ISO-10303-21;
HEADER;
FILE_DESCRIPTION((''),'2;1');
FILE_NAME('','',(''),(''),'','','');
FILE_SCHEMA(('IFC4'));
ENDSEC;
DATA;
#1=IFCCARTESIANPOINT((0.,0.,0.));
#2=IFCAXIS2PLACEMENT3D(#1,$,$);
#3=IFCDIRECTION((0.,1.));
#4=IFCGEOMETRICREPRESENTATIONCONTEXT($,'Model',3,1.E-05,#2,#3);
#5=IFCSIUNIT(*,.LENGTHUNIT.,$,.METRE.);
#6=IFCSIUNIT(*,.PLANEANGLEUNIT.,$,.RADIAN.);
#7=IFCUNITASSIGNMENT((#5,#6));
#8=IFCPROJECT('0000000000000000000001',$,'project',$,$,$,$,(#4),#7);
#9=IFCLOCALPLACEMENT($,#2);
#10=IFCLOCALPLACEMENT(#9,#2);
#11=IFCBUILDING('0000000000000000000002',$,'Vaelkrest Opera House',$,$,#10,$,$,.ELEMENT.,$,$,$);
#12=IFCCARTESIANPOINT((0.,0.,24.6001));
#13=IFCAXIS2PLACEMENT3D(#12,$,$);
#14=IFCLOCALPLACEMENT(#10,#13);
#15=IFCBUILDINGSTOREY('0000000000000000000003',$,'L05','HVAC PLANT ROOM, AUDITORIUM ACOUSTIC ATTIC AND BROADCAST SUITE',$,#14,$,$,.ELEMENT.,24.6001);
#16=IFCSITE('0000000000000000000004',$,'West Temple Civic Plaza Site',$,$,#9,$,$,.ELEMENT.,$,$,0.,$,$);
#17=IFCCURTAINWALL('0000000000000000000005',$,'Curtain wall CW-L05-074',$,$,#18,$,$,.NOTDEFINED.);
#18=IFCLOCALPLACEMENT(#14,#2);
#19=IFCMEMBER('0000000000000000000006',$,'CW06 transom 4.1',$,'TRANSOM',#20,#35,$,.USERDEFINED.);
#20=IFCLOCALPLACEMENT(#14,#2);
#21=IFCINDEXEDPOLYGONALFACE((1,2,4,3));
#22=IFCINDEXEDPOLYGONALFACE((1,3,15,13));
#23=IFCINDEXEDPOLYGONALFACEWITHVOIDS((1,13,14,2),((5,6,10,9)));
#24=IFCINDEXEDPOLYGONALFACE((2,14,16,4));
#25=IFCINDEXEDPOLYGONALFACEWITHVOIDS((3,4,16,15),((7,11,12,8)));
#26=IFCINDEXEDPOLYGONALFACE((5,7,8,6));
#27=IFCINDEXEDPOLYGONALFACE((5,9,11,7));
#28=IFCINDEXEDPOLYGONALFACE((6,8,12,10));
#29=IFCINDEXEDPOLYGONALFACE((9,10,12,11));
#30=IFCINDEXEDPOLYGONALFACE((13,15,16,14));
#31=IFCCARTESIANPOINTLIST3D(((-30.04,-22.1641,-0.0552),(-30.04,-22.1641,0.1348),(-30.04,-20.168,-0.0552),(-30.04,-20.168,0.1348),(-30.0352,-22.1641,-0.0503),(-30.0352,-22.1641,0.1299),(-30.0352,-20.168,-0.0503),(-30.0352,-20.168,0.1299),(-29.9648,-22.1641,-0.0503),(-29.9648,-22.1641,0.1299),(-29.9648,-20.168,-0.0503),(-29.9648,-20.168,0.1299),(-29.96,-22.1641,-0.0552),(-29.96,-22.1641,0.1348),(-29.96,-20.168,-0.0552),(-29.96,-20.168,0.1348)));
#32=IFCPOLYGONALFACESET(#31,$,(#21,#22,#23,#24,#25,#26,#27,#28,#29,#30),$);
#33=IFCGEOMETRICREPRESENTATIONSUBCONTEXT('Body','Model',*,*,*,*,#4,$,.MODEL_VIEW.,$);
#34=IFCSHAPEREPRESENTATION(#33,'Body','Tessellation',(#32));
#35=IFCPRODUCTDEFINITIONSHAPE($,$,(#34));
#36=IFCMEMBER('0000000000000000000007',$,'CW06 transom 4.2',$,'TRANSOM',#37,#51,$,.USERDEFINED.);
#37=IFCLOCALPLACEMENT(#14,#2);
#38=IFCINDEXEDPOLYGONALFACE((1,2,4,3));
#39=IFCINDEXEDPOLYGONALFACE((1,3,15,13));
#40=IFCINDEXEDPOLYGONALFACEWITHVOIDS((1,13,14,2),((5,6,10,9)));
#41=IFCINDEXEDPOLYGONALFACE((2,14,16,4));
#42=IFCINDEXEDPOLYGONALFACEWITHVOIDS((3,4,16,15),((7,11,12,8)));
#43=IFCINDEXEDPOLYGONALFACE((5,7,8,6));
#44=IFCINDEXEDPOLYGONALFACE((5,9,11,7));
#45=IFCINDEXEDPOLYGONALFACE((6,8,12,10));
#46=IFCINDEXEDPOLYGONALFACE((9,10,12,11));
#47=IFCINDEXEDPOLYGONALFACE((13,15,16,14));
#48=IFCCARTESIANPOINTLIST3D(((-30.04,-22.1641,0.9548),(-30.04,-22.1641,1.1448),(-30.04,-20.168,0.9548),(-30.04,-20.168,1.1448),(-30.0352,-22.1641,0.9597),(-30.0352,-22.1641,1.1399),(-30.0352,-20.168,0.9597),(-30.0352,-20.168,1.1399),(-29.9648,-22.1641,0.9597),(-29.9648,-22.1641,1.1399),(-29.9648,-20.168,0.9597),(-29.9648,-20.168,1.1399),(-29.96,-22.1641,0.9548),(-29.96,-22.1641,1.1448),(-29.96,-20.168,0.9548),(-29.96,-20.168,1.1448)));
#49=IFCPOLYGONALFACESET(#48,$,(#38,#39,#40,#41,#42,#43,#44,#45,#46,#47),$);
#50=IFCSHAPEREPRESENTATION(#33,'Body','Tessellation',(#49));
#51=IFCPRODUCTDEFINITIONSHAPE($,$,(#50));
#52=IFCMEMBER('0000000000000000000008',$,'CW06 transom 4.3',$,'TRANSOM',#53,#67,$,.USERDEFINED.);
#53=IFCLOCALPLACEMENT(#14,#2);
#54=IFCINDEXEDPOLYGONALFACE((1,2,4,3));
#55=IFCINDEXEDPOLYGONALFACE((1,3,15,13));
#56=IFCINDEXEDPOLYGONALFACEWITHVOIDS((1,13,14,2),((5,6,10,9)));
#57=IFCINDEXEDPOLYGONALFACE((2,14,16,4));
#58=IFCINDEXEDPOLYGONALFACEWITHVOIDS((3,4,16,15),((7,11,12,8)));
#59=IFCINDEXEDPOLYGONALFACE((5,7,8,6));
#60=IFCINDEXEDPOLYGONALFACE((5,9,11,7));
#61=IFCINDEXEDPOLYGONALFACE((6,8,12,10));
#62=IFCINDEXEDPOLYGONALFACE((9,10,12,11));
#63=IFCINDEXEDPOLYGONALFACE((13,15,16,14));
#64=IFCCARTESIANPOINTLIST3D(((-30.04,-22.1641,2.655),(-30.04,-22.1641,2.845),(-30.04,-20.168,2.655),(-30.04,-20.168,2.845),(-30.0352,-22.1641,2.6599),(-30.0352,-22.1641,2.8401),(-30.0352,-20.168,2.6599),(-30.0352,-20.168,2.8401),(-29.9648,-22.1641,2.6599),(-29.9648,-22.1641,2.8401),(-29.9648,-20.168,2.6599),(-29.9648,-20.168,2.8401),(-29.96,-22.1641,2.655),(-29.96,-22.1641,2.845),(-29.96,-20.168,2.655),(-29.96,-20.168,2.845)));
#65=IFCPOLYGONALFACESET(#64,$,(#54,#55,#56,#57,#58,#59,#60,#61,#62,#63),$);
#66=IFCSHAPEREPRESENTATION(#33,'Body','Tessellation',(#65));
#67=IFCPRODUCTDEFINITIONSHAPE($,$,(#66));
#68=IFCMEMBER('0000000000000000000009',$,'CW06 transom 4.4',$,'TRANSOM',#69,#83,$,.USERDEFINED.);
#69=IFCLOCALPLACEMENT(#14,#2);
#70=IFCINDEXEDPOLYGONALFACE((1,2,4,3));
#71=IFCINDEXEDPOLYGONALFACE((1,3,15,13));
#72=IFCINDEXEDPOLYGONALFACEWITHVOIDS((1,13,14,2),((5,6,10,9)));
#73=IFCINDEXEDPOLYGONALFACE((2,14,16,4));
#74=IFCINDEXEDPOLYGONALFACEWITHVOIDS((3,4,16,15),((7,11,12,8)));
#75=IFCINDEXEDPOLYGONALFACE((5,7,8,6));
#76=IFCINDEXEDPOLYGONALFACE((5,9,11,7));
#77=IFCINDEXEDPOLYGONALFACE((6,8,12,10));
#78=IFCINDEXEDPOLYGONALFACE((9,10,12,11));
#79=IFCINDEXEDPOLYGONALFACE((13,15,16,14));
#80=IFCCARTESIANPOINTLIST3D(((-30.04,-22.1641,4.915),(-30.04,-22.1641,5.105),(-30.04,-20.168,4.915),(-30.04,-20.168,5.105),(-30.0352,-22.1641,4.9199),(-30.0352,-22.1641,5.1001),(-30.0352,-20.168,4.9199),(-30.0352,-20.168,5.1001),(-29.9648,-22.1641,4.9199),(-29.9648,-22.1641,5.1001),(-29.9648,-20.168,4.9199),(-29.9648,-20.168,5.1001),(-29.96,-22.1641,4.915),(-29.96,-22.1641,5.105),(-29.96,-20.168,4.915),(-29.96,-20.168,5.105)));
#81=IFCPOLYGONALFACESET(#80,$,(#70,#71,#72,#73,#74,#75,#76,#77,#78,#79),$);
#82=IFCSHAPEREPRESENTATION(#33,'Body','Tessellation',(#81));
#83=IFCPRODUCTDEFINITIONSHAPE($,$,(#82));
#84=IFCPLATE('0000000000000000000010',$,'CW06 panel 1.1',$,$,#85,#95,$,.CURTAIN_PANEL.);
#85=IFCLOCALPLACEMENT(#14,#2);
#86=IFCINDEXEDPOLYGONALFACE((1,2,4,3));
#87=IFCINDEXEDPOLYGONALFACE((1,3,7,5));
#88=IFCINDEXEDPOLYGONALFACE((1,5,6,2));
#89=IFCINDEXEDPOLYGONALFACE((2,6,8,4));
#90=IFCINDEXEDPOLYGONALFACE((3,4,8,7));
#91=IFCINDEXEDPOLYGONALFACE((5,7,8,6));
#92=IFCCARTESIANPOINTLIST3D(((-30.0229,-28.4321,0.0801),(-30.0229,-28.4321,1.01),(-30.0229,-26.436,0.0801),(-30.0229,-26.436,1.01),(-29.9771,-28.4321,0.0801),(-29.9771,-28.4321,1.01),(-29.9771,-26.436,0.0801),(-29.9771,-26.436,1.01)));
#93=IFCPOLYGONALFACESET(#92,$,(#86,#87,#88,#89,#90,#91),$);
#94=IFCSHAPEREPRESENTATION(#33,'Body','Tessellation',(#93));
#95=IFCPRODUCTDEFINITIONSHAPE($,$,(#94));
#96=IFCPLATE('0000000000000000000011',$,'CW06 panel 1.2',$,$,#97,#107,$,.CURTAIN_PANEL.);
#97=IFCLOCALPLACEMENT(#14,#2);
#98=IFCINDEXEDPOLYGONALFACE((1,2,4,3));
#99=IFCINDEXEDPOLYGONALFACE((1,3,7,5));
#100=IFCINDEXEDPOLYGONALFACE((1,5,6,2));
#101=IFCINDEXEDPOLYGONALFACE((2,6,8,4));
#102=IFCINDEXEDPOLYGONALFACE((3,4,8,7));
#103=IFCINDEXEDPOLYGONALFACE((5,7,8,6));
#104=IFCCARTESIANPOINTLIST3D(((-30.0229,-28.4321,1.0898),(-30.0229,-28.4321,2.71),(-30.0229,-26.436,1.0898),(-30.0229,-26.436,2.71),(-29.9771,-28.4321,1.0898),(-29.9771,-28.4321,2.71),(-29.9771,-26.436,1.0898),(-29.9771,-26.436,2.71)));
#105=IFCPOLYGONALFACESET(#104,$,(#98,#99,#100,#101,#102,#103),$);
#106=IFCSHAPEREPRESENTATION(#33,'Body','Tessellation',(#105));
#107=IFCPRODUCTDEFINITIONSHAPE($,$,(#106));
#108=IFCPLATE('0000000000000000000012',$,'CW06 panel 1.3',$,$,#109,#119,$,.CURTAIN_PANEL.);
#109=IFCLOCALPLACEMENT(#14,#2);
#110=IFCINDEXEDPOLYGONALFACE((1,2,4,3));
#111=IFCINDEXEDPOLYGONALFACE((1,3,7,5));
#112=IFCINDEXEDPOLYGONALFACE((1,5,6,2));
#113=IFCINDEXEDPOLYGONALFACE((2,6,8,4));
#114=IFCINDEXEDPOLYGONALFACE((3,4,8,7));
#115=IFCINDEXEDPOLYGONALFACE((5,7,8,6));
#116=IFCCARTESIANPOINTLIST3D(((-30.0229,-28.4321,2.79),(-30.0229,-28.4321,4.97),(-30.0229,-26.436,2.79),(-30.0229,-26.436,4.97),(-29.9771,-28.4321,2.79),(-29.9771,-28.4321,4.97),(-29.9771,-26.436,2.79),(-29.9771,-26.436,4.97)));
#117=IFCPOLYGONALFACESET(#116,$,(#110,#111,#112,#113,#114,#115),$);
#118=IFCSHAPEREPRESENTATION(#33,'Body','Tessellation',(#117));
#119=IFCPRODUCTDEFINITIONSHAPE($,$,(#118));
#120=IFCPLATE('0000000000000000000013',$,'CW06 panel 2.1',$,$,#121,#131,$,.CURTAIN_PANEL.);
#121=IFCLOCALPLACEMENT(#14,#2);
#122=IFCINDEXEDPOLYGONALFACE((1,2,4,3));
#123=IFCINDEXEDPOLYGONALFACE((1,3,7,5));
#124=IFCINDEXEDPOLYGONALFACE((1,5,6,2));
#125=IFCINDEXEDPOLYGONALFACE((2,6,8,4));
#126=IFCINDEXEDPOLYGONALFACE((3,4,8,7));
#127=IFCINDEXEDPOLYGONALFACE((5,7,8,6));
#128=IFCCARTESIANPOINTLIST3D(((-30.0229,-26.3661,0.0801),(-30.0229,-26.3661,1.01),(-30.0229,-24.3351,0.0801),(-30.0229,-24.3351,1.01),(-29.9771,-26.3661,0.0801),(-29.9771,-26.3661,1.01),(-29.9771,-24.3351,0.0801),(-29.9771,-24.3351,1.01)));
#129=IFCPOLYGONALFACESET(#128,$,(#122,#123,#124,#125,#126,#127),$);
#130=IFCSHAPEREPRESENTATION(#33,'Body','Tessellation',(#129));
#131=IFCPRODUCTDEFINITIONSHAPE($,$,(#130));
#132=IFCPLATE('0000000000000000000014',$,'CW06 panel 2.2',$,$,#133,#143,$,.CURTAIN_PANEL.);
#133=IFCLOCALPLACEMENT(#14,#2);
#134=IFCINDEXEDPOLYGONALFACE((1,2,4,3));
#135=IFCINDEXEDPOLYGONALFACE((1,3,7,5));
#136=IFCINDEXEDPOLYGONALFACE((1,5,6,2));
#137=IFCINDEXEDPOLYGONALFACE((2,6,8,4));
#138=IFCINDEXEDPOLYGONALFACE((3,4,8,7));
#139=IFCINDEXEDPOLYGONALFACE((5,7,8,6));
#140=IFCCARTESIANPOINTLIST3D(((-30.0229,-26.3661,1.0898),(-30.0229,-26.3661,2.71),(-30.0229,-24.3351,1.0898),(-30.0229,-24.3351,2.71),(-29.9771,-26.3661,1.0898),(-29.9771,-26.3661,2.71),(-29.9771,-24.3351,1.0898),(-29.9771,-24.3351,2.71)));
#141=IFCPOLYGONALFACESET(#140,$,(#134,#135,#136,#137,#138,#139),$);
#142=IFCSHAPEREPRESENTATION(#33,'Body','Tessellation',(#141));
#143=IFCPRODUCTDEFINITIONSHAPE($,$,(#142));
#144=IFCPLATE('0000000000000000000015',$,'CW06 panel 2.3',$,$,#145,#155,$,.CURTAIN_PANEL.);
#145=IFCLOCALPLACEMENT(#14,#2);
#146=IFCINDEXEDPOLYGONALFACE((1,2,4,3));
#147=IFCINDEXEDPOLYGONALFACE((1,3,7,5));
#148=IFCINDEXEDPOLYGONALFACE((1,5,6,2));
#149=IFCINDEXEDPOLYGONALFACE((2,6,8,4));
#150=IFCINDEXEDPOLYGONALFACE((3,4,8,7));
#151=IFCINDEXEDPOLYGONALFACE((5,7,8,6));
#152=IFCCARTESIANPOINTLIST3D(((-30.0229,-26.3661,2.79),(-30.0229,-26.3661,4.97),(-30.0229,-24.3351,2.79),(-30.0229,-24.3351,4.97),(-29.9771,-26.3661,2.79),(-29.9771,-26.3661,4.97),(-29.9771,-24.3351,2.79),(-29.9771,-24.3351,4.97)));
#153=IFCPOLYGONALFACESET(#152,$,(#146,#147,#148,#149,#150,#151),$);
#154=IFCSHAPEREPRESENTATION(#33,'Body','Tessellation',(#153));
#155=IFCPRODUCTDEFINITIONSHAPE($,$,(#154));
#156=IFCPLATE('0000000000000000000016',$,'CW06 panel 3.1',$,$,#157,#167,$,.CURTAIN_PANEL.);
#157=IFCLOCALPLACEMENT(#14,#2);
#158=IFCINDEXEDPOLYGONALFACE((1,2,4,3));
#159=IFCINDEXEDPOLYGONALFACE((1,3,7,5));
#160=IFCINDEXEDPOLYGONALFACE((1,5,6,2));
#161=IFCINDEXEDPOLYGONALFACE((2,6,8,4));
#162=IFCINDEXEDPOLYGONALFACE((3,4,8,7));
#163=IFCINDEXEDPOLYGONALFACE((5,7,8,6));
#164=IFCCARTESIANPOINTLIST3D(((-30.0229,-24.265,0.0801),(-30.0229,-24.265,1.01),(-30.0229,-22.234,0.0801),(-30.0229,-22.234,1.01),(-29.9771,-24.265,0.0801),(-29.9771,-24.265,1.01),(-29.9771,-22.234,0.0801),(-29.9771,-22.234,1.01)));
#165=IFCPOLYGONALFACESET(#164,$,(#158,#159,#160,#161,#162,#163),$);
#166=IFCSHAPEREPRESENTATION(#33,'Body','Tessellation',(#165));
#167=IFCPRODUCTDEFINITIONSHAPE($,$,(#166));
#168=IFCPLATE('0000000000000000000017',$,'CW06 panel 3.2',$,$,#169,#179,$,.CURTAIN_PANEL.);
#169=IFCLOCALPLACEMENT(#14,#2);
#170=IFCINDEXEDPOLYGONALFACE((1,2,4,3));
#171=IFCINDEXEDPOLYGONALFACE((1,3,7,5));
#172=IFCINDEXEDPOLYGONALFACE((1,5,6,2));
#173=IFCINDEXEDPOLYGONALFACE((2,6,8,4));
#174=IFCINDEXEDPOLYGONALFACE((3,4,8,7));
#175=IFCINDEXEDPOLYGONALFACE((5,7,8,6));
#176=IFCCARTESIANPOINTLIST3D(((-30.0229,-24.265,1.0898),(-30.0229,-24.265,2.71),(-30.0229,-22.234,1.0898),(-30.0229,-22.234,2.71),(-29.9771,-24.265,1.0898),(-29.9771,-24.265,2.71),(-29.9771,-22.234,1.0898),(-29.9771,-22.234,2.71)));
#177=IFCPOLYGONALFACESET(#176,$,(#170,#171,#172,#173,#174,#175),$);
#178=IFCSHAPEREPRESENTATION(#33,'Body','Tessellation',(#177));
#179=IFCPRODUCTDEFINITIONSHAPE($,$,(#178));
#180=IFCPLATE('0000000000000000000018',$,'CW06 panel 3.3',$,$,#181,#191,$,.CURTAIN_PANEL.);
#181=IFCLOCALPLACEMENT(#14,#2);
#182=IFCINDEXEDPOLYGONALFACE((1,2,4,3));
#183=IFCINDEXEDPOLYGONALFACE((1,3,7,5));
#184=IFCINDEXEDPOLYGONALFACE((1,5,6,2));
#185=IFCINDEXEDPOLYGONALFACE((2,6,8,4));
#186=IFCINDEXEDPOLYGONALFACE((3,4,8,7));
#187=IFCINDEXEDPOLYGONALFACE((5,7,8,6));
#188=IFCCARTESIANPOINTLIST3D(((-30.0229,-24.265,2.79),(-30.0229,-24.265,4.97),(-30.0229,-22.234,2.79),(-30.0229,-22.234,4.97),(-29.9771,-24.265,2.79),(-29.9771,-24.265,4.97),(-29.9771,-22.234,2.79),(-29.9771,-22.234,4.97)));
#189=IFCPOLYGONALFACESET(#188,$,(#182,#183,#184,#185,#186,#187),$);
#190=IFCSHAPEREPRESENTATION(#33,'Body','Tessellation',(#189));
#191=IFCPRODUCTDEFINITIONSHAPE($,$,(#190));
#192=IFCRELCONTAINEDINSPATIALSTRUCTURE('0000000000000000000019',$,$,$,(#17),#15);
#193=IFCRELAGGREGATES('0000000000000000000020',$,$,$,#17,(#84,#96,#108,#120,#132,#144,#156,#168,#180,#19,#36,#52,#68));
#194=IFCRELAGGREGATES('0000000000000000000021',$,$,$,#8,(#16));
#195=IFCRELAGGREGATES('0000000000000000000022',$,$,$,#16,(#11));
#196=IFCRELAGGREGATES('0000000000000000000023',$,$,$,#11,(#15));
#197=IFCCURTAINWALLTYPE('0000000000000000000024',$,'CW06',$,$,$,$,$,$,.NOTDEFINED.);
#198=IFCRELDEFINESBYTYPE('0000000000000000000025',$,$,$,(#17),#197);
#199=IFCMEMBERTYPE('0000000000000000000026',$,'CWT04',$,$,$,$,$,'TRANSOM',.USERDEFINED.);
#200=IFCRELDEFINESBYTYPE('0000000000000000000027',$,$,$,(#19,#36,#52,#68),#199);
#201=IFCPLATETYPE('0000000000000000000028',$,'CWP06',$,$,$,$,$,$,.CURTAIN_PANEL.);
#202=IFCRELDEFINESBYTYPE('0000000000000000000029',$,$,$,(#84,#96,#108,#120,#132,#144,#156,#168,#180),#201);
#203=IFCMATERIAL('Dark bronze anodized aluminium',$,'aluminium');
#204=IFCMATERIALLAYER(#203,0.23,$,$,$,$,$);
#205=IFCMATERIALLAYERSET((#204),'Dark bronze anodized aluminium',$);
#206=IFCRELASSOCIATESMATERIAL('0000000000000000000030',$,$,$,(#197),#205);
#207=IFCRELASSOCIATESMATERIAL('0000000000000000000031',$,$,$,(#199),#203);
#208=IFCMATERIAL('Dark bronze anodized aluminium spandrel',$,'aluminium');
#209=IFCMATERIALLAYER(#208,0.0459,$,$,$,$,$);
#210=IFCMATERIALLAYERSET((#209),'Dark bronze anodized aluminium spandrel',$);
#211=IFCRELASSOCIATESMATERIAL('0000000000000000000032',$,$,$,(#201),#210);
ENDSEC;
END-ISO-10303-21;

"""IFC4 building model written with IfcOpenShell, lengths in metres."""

from ifc_helpers import new_model, si_unit, direction, frame, origin, origin_2d, place, context, subcontext, project, spatial, rectangle, hollow_rectangle, extrude, material, layer, layer_set, material_profile, profile_set, type_object, element, aggregate, save


model = new_model("IFC4")

# Units and contexts
model_context = context("Model", 3, precision=1e-05, world=origin(), true_north=direction((0.0, 1.0)))
body_context = subcontext(model_context, "Body", "Model", "MODEL_VIEW")
ifc_project = project(units=[si_unit("LENGTHUNIT", "METRE"), si_unit("PLANEANGLEUNIT", "RADIAN")], contexts=[model_context])

# Site, building, storey
site_placement = place(None, origin())
site = spatial("IfcSite", under=ifc_project, at=site_placement, Name="West Temple Civic Plaza Site", CompositionType="ELEMENT", RefElevation=0.0)
building_placement = place(site_placement, origin())
building = spatial("IfcBuilding", under=site, at=building_placement, Name="Vaelkrest Opera House", CompositionType="ELEMENT")
storey_placement = place(building_placement, frame((0.0, 0.0, 24.6001)))
storey = spatial("IfcBuildingStorey", under=building, at=storey_placement, Name="L05", Description="HVAC PLANT ROOM, AUDITORIUM ACOUSTIC ATTIC AND BROADCAST SUITE", CompositionType="ELEMENT", Elevation=24.6001)

# Curtain wall, members, plates
ifc_material_1 = material(Name="Dark bronze anodized aluminium", Category="aluminium")
ifc_layer_1 = layer(ifc_material_1, 0.23)
ifc_layer_set_1 = layer_set([ifc_layer_1], Name="Dark bronze anodized aluminium")
curtain_wall_type = type_object("IfcCurtainWallType", Name="CW06", PredefinedType="NOTDEFINED", material=ifc_layer_set_1)
curtain_wall_placement = place(storey_placement, origin())
curtain_wall = element("IfcCurtainWall", 1, at=curtain_wall_placement, inside=storey, type_object=curtain_wall_type, Name="Curtain wall CW-L05-074", PredefinedType="NOTDEFINED")
ifc_material_profile_1 = material_profile(ifc_material_1, hollow_rectangle(XDim=0.0801, YDim=0.1899, WallThickness=0.0049, at=origin_2d()), Name="CWT80X190")
ifc_profile_set_1 = profile_set([ifc_material_profile_1], Name="Dark bronze anodized aluminium")
member_type_1 = type_object("IfcMemberType", Name="CWT04", ElementType="TRANSOM", PredefinedType="USERDEFINED", material=ifc_profile_set_1)
member_1_placement = place(storey_placement, frame((-30.0, -22.1641, 0.0398), z_axis=(0.0, 1.0, 0.0), x_axis=(-1.0, 0.0, 0.0)))
member_1 = element("IfcMember", 2, at=member_1_placement, type_object=member_type_1, Name="CW06 transom 4.1", ObjectType="TRANSOM", PredefinedType="USERDEFINED", context=body_context, shape_type="SweptSolid", body=[
    extrude(hollow_rectangle(XDim=0.0801, YDim=0.1899, WallThickness=0.0049, at=origin_2d()), origin(), (0.0, 0.0, 1.0), 1.9961),
])
member_2_placement = place(storey_placement, frame((-30.0, -22.1641, 1.0498), z_axis=(0.0, 1.0, 0.0), x_axis=(-1.0, 0.0, 0.0)))
member_2 = element("IfcMember", 3, at=member_2_placement, type_object=member_type_1, Name="CW06 transom 4.2", ObjectType="TRANSOM", PredefinedType="USERDEFINED", context=body_context, shape_type="SweptSolid", body=[
    extrude(hollow_rectangle(XDim=0.0801, YDim=0.1899, WallThickness=0.0049, at=origin_2d()), origin(), (0.0, 0.0, 1.0), 1.9961),
])
member_3_placement = place(storey_placement, frame((-30.0, -22.1641, 2.75), z_axis=(0.0, 1.0, 0.0), x_axis=(-1.0, 0.0, 0.0)))
member_3 = element("IfcMember", 4, at=member_3_placement, type_object=member_type_1, Name="CW06 transom 4.3", ObjectType="TRANSOM", PredefinedType="USERDEFINED", context=body_context, shape_type="SweptSolid", body=[
    extrude(hollow_rectangle(XDim=0.0801, YDim=0.1899, WallThickness=0.0049, at=origin_2d()), origin(), (0.0, 0.0, 1.0), 1.9961),
])
member_4_placement = place(storey_placement, frame((-30.0, -22.1641, 5.01), z_axis=(0.0, 1.0, 0.0), x_axis=(-1.0, 0.0, 0.0)))
member_4 = element("IfcMember", 5, at=member_4_placement, type_object=member_type_1, Name="CW06 transom 4.4", ObjectType="TRANSOM", PredefinedType="USERDEFINED", context=body_context, shape_type="SweptSolid", body=[
    extrude(hollow_rectangle(XDim=0.0801, YDim=0.1899, WallThickness=0.0049, at=origin_2d()), origin(), (0.0, 0.0, 1.0), 1.9961),
])
ifc_material_2 = material(Name="Dark bronze anodized aluminium spandrel", Category="aluminium")
ifc_layer_2 = layer(ifc_material_2, 0.0459)
ifc_layer_set_2 = layer_set([ifc_layer_2], Name="Dark bronze anodized aluminium spandrel")
plate_type = type_object("IfcPlateType", Name="CWP06", PredefinedType="CURTAIN_PANEL", material=ifc_layer_set_2)
plate_1_placement = place(storey_placement, frame((-30.0, -27.4341, 0.0801), z_axis=(0.0, 0.0, 1.0), x_axis=(0.0, 1.0, 0.0)))
plate_1 = element("IfcPlate", 6, at=plate_1_placement, type_object=plate_type, Name="CW06 panel 1.1", PredefinedType="CURTAIN_PANEL", context=body_context, shape_type="SweptSolid", body=[
    extrude(rectangle(XDim=1.9961, YDim=0.0459, at=origin_2d()), origin(), (0.0, 0.0, 1.0), 0.9299),
])
plate_2_placement = place(storey_placement, frame((-30.0, -27.4341, 1.0898), z_axis=(0.0, 0.0, 1.0), x_axis=(0.0, 1.0, 0.0)))
plate_2 = element("IfcPlate", 7, at=plate_2_placement, type_object=plate_type, Name="CW06 panel 1.2", PredefinedType="CURTAIN_PANEL", context=body_context, shape_type="SweptSolid", body=[
    extrude(rectangle(XDim=1.9961, YDim=0.0459, at=origin_2d()), origin(), (0.0, 0.0, 1.0), 1.6201),
])
plate_3_placement = place(storey_placement, frame((-30.0, -27.4341, 2.79), z_axis=(0.0, 0.0, 1.0), x_axis=(0.0, 1.0, 0.0)))
plate_3 = element("IfcPlate", 8, at=plate_3_placement, type_object=plate_type, Name="CW06 panel 1.3", PredefinedType="CURTAIN_PANEL", context=body_context, shape_type="SweptSolid", body=[
    extrude(rectangle(XDim=1.9961, YDim=0.0459, at=origin_2d()), origin(), (0.0, 0.0, 1.0), 2.1799),
])
plate_4_placement = place(storey_placement, frame((-30.0, -25.3506, 0.0801), z_axis=(0.0, 0.0, 1.0), x_axis=(0.0, 1.0, 0.0)))
plate_4 = element("IfcPlate", 9, at=plate_4_placement, type_object=plate_type, Name="CW06 panel 2.1", PredefinedType="CURTAIN_PANEL", context=body_context, shape_type="SweptSolid", body=[
    extrude(rectangle(XDim=2.031, YDim=0.0459, at=origin_2d()), origin(), (0.0, 0.0, 1.0), 0.9299),
])
plate_5_placement = place(storey_placement, frame((-30.0, -25.3506, 1.0898), z_axis=(0.0, 0.0, 1.0), x_axis=(0.0, 1.0, 0.0)))
plate_5 = element("IfcPlate", 10, at=plate_5_placement, type_object=plate_type, Name="CW06 panel 2.2", PredefinedType="CURTAIN_PANEL", context=body_context, shape_type="SweptSolid", body=[
    extrude(rectangle(XDim=2.031, YDim=0.0459, at=origin_2d()), origin(), (0.0, 0.0, 1.0), 1.6201),
])
plate_6_placement = place(storey_placement, frame((-30.0, -25.3506, 2.79), z_axis=(0.0, 0.0, 1.0), x_axis=(0.0, 1.0, 0.0)))
plate_6 = element("IfcPlate", 11, at=plate_6_placement, type_object=plate_type, Name="CW06 panel 2.3", PredefinedType="CURTAIN_PANEL", context=body_context, shape_type="SweptSolid", body=[
    extrude(rectangle(XDim=2.031, YDim=0.0459, at=origin_2d()), origin(), (0.0, 0.0, 1.0), 2.1799),
])
plate_7_placement = place(storey_placement, frame((-30.0, -23.2495, 0.0801), z_axis=(0.0, 0.0, 1.0), x_axis=(0.0, 1.0, 0.0)))
plate_7 = element("IfcPlate", 12, at=plate_7_placement, type_object=plate_type, Name="CW06 panel 3.1", PredefinedType="CURTAIN_PANEL", context=body_context, shape_type="SweptSolid", body=[
    extrude(rectangle(XDim=2.031, YDim=0.0459, at=origin_2d()), origin(), (0.0, 0.0, 1.0), 0.9299),
])
plate_8_placement = place(storey_placement, frame((-30.0, -23.2495, 1.0898), z_axis=(0.0, 0.0, 1.0), x_axis=(0.0, 1.0, 0.0)))
plate_8 = element("IfcPlate", 13, at=plate_8_placement, type_object=plate_type, Name="CW06 panel 3.2", PredefinedType="CURTAIN_PANEL", context=body_context, shape_type="SweptSolid", body=[
    extrude(rectangle(XDim=2.031, YDim=0.0459, at=origin_2d()), origin(), (0.0, 0.0, 1.0), 1.6201),
])
plate_9_placement = place(storey_placement, frame((-30.0, -23.2495, 2.79), z_axis=(0.0, 0.0, 1.0), x_axis=(0.0, 1.0, 0.0)))
plate_9 = element("IfcPlate", 14, at=plate_9_placement, type_object=plate_type, Name="CW06 panel 3.3", PredefinedType="CURTAIN_PANEL", context=body_context, shape_type="SweptSolid", body=[
    extrude(rectangle(XDim=2.031, YDim=0.0459, at=origin_2d()), origin(), (0.0, 0.0, 1.0), 2.1799),
])
aggregate(curtain_wall, [plate_1, plate_2, plate_3, plate_4, plate_5, plate_6, plate_7, plate_8, plate_9, member_1, member_2, member_3, member_4])

save(model, "model.ifc")
